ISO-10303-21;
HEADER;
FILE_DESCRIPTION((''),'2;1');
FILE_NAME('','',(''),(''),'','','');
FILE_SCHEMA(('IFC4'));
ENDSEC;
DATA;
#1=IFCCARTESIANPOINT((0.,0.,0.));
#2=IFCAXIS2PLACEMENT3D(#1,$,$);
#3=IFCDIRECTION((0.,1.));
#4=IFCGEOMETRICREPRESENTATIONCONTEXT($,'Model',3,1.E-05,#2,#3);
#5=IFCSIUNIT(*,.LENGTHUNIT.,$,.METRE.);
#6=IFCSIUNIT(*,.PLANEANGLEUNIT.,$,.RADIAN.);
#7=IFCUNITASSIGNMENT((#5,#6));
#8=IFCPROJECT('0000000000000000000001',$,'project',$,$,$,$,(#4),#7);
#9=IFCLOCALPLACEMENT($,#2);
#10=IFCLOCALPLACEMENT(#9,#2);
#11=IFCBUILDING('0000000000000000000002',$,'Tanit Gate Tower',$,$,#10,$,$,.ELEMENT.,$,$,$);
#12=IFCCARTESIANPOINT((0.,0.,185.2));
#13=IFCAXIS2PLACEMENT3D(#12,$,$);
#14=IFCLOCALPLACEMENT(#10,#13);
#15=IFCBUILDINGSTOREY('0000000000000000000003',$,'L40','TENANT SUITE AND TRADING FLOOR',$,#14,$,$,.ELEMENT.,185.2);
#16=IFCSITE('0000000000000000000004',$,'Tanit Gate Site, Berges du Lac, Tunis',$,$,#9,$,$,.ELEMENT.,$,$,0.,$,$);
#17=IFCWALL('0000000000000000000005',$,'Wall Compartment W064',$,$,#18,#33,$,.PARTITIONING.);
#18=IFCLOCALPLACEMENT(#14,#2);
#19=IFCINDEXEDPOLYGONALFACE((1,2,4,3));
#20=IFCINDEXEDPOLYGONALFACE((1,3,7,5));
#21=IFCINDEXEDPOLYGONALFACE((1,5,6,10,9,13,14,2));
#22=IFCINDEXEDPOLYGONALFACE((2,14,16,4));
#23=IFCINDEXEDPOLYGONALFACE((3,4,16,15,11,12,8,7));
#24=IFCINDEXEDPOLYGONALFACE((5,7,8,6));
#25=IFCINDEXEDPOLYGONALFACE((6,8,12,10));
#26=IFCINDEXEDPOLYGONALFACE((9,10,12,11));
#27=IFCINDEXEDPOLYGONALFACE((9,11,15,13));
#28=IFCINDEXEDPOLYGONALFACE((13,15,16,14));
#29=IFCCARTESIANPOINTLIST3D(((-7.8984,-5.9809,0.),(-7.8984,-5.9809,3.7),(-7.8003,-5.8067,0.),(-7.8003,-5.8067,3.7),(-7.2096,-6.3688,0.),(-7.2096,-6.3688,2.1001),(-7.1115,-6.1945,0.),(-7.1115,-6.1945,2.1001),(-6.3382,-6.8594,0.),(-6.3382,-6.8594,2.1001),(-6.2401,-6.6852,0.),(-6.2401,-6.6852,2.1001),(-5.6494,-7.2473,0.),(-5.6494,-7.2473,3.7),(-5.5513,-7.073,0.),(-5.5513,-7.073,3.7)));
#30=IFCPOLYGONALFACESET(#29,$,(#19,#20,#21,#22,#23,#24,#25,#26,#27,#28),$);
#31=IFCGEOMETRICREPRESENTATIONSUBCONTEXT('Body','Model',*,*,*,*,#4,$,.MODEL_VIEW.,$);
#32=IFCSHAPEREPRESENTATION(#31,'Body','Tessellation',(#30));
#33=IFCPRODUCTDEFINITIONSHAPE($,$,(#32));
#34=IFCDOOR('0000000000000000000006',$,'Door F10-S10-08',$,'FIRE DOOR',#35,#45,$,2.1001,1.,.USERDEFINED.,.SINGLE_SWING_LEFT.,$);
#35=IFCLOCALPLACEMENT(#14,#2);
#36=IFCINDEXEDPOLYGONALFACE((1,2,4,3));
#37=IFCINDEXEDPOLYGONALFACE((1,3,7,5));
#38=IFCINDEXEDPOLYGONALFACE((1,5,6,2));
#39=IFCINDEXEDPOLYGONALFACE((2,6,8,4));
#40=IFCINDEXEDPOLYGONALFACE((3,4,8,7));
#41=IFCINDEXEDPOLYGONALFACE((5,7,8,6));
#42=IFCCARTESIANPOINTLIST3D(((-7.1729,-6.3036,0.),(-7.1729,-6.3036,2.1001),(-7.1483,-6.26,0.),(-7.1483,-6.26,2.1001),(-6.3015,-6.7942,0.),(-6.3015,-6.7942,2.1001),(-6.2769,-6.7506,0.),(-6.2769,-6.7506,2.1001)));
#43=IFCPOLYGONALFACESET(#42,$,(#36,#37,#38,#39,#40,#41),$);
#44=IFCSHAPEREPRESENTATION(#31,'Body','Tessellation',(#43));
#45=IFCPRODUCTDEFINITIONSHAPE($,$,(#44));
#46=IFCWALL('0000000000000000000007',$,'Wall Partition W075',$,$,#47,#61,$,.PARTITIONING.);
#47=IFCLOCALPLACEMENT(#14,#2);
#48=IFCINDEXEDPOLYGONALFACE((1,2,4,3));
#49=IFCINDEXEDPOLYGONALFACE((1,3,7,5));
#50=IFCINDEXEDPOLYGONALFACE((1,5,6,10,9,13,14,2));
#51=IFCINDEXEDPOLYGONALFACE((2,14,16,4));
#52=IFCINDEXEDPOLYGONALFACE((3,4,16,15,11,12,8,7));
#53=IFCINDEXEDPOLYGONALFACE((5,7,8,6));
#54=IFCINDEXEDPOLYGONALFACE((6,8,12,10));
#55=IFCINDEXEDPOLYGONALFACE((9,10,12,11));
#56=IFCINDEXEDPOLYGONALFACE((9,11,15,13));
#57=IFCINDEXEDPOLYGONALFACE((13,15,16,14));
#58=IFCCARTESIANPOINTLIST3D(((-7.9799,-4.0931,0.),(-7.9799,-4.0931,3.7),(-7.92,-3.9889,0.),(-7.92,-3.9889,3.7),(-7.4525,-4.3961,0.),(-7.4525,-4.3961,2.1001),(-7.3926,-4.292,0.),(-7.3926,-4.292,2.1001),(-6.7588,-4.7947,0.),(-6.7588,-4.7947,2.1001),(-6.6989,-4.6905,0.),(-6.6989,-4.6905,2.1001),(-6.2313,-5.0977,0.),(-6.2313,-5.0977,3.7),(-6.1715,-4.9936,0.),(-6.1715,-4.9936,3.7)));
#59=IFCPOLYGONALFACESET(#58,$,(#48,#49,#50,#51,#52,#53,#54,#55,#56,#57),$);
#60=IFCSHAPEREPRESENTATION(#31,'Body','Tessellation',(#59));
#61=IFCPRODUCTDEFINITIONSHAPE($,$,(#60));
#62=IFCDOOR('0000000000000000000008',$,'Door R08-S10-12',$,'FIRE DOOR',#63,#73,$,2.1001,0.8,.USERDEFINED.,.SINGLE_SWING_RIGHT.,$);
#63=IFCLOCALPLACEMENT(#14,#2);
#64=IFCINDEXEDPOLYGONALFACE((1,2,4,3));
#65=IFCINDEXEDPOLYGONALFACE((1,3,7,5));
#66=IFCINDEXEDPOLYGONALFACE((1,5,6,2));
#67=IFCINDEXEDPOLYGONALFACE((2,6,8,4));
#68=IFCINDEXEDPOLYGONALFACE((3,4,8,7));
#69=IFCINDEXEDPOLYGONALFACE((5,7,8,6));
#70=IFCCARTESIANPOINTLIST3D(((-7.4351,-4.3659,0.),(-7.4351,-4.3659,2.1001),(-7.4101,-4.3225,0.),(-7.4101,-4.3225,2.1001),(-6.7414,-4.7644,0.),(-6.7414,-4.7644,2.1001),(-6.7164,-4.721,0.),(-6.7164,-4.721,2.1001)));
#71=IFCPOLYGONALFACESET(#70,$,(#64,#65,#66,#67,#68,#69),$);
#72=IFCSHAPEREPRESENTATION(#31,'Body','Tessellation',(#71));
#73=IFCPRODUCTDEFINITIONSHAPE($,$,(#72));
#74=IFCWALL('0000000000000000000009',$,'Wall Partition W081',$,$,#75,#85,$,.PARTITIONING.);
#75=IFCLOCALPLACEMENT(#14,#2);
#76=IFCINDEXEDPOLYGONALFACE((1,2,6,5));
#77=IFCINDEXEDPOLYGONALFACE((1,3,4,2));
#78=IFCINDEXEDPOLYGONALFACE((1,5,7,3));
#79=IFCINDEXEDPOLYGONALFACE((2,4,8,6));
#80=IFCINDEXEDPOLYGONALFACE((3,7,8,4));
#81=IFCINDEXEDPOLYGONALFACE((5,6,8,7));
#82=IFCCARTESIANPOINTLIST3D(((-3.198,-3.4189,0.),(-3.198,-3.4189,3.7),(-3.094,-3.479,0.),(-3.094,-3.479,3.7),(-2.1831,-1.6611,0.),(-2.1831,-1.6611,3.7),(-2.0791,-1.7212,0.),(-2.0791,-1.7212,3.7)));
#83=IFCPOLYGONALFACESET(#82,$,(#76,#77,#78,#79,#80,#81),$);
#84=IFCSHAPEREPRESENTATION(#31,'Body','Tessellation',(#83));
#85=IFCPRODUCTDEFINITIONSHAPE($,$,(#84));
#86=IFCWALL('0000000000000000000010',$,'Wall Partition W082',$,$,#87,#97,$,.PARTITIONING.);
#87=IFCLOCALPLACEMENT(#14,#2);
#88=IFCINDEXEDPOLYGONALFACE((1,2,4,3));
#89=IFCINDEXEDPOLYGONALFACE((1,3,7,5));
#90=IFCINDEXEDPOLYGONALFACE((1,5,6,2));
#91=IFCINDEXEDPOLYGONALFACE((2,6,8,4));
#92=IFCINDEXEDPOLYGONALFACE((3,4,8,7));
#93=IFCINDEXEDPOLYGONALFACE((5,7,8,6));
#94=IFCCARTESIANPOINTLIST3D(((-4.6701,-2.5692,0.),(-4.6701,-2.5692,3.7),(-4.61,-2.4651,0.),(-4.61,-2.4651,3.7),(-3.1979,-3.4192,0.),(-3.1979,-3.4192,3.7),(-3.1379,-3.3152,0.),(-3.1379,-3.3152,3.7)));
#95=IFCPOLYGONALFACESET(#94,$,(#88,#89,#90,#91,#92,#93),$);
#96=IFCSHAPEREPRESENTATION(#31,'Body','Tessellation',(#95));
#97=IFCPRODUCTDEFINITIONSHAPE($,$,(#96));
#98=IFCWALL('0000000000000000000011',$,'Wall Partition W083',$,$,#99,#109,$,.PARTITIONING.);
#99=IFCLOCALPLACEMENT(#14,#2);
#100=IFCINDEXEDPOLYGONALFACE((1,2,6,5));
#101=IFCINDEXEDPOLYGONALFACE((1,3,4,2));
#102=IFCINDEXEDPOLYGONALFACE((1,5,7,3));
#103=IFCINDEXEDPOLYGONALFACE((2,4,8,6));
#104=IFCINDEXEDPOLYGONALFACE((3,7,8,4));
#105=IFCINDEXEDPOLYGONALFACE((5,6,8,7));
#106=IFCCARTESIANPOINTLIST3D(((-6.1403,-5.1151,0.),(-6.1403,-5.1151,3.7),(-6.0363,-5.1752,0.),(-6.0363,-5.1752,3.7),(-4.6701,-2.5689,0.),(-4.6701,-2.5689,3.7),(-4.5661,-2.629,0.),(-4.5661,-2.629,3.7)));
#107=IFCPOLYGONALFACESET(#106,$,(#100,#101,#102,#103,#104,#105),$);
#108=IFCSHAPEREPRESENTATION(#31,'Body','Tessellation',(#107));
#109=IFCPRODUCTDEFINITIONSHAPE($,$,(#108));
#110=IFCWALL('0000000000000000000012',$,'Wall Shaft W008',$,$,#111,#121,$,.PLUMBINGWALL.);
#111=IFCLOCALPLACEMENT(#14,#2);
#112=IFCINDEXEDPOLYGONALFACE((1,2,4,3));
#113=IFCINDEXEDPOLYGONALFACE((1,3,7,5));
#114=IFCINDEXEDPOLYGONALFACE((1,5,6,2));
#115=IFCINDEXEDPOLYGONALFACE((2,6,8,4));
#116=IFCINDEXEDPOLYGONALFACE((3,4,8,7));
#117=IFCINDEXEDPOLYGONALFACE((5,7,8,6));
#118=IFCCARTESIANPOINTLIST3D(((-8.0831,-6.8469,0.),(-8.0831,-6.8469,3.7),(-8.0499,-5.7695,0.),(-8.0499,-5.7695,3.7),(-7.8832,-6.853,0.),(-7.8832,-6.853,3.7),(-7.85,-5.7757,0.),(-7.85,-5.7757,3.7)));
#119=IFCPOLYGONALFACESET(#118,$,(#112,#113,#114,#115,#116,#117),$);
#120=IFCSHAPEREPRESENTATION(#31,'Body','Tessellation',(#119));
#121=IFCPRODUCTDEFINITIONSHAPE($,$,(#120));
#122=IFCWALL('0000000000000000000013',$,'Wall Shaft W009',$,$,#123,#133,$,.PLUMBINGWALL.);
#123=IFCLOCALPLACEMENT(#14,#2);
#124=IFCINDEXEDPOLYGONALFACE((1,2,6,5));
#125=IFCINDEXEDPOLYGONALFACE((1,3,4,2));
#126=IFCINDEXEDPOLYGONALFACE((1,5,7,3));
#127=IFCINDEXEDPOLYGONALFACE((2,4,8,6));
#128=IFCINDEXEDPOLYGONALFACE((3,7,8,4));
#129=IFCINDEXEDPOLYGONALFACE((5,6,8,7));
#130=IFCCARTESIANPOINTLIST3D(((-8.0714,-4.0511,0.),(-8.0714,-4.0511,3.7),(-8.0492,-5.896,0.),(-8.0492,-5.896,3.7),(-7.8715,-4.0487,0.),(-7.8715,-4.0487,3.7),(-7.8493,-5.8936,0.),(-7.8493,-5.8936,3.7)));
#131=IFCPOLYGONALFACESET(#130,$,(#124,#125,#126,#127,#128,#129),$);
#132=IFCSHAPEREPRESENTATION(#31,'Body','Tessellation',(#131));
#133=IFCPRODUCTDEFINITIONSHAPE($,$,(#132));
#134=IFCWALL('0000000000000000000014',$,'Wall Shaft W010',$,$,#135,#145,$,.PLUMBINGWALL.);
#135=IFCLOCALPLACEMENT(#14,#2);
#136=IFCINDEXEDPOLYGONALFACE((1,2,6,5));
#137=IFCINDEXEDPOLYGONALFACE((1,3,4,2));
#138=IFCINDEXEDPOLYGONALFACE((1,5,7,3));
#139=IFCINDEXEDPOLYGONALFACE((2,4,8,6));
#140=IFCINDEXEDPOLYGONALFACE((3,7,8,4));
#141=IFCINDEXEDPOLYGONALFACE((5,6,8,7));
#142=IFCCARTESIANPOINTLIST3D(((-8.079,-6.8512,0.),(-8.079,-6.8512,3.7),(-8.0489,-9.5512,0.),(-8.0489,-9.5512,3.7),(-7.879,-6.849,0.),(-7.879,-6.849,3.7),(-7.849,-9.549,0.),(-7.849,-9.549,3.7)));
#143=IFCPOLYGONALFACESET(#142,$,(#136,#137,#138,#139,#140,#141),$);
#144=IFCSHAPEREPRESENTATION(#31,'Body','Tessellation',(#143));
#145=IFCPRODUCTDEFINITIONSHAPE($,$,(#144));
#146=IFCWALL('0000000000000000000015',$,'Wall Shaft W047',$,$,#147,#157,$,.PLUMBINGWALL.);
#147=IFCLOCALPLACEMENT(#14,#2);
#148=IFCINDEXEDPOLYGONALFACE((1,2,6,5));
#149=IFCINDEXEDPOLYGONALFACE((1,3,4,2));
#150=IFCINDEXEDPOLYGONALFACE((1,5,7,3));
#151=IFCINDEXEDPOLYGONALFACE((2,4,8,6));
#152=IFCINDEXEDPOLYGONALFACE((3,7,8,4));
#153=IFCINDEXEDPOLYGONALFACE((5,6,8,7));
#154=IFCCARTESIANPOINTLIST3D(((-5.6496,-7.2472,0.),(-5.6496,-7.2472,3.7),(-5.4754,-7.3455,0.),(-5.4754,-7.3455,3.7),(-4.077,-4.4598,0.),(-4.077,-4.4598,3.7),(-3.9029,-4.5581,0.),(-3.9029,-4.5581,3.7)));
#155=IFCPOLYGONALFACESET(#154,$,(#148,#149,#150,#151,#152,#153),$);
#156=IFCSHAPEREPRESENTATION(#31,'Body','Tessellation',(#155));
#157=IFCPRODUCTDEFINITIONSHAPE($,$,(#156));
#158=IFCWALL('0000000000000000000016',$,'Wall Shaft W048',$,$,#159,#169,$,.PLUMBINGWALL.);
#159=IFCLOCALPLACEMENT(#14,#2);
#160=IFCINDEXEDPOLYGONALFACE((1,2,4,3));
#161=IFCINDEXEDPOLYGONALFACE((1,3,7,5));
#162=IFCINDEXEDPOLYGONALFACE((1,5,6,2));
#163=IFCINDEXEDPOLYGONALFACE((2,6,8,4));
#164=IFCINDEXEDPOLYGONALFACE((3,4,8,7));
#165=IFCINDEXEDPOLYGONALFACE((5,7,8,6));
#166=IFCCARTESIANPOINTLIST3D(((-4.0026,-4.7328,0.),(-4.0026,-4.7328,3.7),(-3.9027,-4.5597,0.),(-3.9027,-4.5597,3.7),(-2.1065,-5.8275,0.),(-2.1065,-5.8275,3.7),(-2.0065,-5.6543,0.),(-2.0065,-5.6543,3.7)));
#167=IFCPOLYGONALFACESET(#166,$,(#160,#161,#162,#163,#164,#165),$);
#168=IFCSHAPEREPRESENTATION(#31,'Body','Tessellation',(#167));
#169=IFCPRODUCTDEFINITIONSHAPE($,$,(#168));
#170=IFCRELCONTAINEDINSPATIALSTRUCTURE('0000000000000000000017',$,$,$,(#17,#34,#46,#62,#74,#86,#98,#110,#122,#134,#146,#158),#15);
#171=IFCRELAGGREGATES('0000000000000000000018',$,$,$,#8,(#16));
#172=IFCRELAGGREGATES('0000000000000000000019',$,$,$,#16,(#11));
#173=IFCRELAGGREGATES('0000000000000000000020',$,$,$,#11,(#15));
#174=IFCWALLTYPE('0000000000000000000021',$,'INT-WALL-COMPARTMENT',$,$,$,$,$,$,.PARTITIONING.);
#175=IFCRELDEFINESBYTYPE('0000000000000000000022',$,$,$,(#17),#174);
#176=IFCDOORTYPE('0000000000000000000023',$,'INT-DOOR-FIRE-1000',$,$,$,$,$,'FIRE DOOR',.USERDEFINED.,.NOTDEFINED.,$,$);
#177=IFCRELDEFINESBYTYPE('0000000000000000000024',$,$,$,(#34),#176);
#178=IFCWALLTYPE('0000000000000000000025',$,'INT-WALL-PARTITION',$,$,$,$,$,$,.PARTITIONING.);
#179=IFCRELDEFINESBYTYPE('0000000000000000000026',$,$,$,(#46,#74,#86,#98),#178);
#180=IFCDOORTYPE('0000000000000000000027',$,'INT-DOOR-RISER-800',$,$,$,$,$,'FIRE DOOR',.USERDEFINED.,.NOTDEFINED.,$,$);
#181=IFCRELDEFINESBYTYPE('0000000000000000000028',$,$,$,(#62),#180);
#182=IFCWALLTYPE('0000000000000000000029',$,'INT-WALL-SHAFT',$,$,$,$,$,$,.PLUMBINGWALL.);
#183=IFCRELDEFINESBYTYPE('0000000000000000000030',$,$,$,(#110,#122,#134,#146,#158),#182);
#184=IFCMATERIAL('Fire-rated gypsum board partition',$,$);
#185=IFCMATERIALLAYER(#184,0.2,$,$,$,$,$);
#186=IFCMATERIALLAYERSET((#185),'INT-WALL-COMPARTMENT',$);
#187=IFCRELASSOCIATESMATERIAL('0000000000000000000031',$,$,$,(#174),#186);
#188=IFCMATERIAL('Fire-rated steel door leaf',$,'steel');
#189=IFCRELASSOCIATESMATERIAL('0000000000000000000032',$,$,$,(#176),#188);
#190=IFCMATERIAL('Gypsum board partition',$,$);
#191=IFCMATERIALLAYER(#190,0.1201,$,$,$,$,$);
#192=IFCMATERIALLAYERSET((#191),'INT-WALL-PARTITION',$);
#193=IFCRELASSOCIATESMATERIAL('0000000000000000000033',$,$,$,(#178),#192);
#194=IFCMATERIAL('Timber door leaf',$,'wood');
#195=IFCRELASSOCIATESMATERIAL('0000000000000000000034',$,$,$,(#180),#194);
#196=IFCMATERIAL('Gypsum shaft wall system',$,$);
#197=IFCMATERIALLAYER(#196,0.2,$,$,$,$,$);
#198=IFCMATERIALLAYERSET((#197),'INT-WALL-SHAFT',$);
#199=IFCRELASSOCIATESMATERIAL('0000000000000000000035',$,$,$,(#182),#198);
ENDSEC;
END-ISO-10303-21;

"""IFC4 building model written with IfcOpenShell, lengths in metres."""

from ifc_helpers import new_model, si_unit, direction, frame, frame_2d, origin, place, context, subcontext, project, spatial, rectangle, extrude, material, layer, layer_set, type_object, element, fill, save


model = new_model("IFC4")

# Units and contexts
model_context = context("Model", 3, precision=1e-05, world=origin(), true_north=direction((0.0, 1.0)))
body_context = subcontext(model_context, "Body", "Model", "MODEL_VIEW")
ifc_project = project(units=[si_unit("LENGTHUNIT", "METRE"), si_unit("PLANEANGLEUNIT", "RADIAN")], contexts=[model_context])

# Site, building, storey
site_placement = place(None, origin())
site = spatial("IfcSite", under=ifc_project, at=site_placement, Name="Tanit Gate Site, Berges du Lac, Tunis", CompositionType="ELEMENT", RefElevation=0.0)
building_placement = place(site_placement, origin())
building = spatial("IfcBuilding", under=site, at=building_placement, Name="Tanit Gate Tower", CompositionType="ELEMENT")
storey_placement = place(building_placement, frame((0.0, 0.0, 185.2)))
storey = spatial("IfcBuildingStorey", under=building, at=storey_placement, Name="L40", Description="TENANT SUITE AND TRADING FLOOR", CompositionType="ELEMENT", Elevation=185.2)

# Walls, openings, doors
ifc_material_1 = material(Name="Fire-rated gypsum board partition")
ifc_layer_1 = layer(ifc_material_1, 0.2)
ifc_layer_set_1 = layer_set([ifc_layer_1], Name="INT-WALL-COMPARTMENT")
wall_type_1 = type_object("IfcWallType", Name="INT-WALL-COMPARTMENT", PredefinedType="PARTITIONING", material=ifc_layer_set_1)
wall_1_placement = place(storey_placement, frame((-7.8494, -5.8938, 0.0), z_axis=(0.0, 0.0, 1.0), x_axis=(0.871363, -0.490638, 0.0)))
wall_1 = element("IfcWall", 1, at=wall_1_placement, inside=storey, type_object=wall_type_1, Name="Wall Compartment W064", PredefinedType="PARTITIONING", context=body_context, shape_type="SweptSolid", body=[
    extrude(rectangle(XDim=2.5811, YDim=0.2, at=frame_2d((1.2905, 0.0))), origin(), (0.0, 0.0, 1.0), 3.7),
])
opening_1_placement = place(wall_1_placement, frame((0.7905, 0.0, 0.0)))
opening_1 = element("IfcOpeningElement", 2, at=opening_1_placement, cuts=wall_1, PredefinedType="OPENING", context=body_context, shape_type="SweptSolid", body=[
    extrude(rectangle(XDim=1.0, YDim=2.1001, at=frame_2d((0.5, 1.05))), frame((0.0, 0.1099, 0.0), z_axis=(0.0, -1.0, 0.0), x_axis=(1.0, 0.0, 0.0)), (0.0, 0.0, 1.0), 0.22),
])
ifc_material_2 = material(Name="Fire-rated steel door leaf", Category="steel")
door_type_1 = type_object("IfcDoorType", Name="INT-DOOR-FIRE-1000", ElementType="FIRE DOOR", OperationType="NOTDEFINED", PredefinedType="USERDEFINED", material=ifc_material_2)
door_1_placement = place(opening_1_placement, origin())
door_1 = element("IfcDoor", 3, at=door_1_placement, inside=storey, type_object=door_type_1, Name="Door F10-S10-08", ObjectType="FIRE DOOR", OperationType="SINGLE_SWING_LEFT", OverallHeight=2.1001, OverallWidth=1.0, PredefinedType="USERDEFINED", context=body_context, shape_type="SweptSolid", body=[
    extrude(rectangle(XDim=1.0, YDim=2.1001, at=frame_2d((0.5, 1.05))), frame((0.0, 0.0249, 0.0), z_axis=(0.0, -1.0, 0.0), x_axis=(1.0, 0.0, 0.0)), (0.0, 0.0, 1.0), 0.05),
])
fill(opening_1, door_1)
ifc_material_3 = material(Name="Gypsum board partition")
ifc_layer_2 = layer(ifc_material_3, 0.1201)
ifc_layer_set_2 = layer_set([ifc_layer_2], Name="INT-WALL-PARTITION")
wall_type_2 = type_object("IfcWallType", Name="INT-WALL-PARTITION", PredefinedType="PARTITIONING", material=ifc_layer_set_2)
wall_2_placement = place(storey_placement, frame((-7.95, -4.041, 0.0), z_axis=(0.0, 0.0, 1.0), x_axis=(0.867071, -0.498184, 0.0)))
wall_2 = element("IfcWall", 4, at=wall_2_placement, inside=storey, type_object=wall_type_2, Name="Wall Partition W075", PredefinedType="PARTITIONING", context=body_context, shape_type="SweptSolid", body=[
    extrude(rectangle(XDim=2.0166, YDim=0.1201, at=frame_2d((1.0083, 0.0))), origin(), (0.0, 0.0, 1.0), 3.7),
])
opening_2_placement = place(wall_2_placement, frame((0.6084, 0.0, 0.0)))
opening_2 = element("IfcOpeningElement", 5, at=opening_2_placement, cuts=wall_2, PredefinedType="OPENING", context=body_context, shape_type="SweptSolid", body=[
    extrude(rectangle(XDim=0.8, YDim=2.1001, at=frame_2d((0.3999, 1.05))), frame((0.0, 0.0701, 0.0), z_axis=(0.0, -1.0, 0.0), x_axis=(1.0, 0.0, 0.0)), (0.0, 0.0, 1.0), 0.1401),
])
ifc_material_4 = material(Name="Timber door leaf", Category="wood")
door_type_2 = type_object("IfcDoorType", Name="INT-DOOR-RISER-800", ElementType="FIRE DOOR", OperationType="NOTDEFINED", PredefinedType="USERDEFINED", material=ifc_material_4)
door_2_placement = place(opening_2_placement, origin())
door_2 = element("IfcDoor", 6, at=door_2_placement, inside=storey, type_object=door_type_2, Name="Door R08-S10-12", ObjectType="FIRE DOOR", OperationType="SINGLE_SWING_RIGHT", OverallHeight=2.1001, OverallWidth=0.8, PredefinedType="USERDEFINED", context=body_context, shape_type="SweptSolid", body=[
    extrude(rectangle(XDim=0.8, YDim=2.1001, at=frame_2d((0.3999, 1.05))), frame((0.0, 0.0249, 0.0), z_axis=(0.0, -1.0, 0.0), x_axis=(1.0, 0.0, 0.0)), (0.0, 0.0, 1.0), 0.05),
])
fill(opening_2, door_2)

# Walls
wall_3_placement = place(storey_placement, frame((-3.146, -3.449, 0.0), z_axis=(0.0, 0.0, 1.0), x_axis=(0.500007, 0.866021, 0.0)))
element("IfcWall", 7, at=wall_3_placement, inside=storey, type_object=wall_type_2, Name="Wall Partition W081", PredefinedType="PARTITIONING", context=body_context, shape_type="SweptSolid", body=[
    extrude(rectangle(XDim=2.0298, YDim=0.1201, at=frame_2d((1.0149, 0.0))), origin(), (0.0, 0.0, 1.0), 3.7),
])
wall_4_placement = place(storey_placement, frame((-4.6401, -2.5171, 0.0), z_axis=(0.0, 0.0, 1.0), x_axis=(0.865989, -0.500062, 0.0)))
element("IfcWall", 8, at=wall_4_placement, inside=storey, type_object=wall_type_2, Name="Wall Partition W082", PredefinedType="PARTITIONING", context=body_context, shape_type="SweptSolid", body=[
    extrude(rectangle(XDim=1.7, YDim=0.1201, at=frame_2d((0.8501, 0.0))), origin(), (0.0, 0.0, 1.0), 3.7),
])
wall_5_placement = place(storey_placement, frame((-6.0884, -5.1453, 0.0), z_axis=(0.0, 0.0, 1.0), x_axis=(0.500051, 0.865996, 0.0)))
element("IfcWall", 9, at=wall_5_placement, inside=storey, type_object=wall_type_2, Name="Wall Partition W083", PredefinedType="PARTITIONING", context=body_context, shape_type="SweptSolid", body=[
    extrude(rectangle(XDim=2.9402, YDim=0.1201, at=frame_2d((1.4702, 0.0))), origin(), (0.0, 0.0, 1.0), 3.7),
])
ifc_material_5 = material(Name="Gypsum shaft wall system")
ifc_layer_3 = layer(ifc_material_5, 0.2)
ifc_layer_set_3 = layer_set([ifc_layer_3], Name="INT-WALL-SHAFT")
wall_type_3 = type_object("IfcWallType", Name="INT-WALL-SHAFT", PredefinedType="PLUMBINGWALL", material=ifc_layer_set_3)
wall_6_placement = place(storey_placement, frame((-7.95, -5.7725, 0.0), z_axis=(0.0, 0.0, 1.0), x_axis=(-0.030803, -0.999525, 0.0)))
element("IfcWall", 10, at=wall_6_placement, inside=storey, type_object=wall_type_3, Name="Wall Shaft W008", PredefinedType="PLUMBINGWALL", context=body_context, shape_type="SweptSolid", body=[
    extrude(rectangle(XDim=1.0779, YDim=0.2, at=frame_2d((0.5391, 0.0))), origin(), (0.0, 0.0, 1.0), 3.7),
])
wall_7_placement = place(storey_placement, frame((-7.9714, -4.05, 0.0), z_axis=(0.0, 0.0, 1.0), x_axis=(0.012043, -0.999927, 0.0)))
element("IfcWall", 11, at=wall_7_placement, inside=storey, type_object=wall_type_3, Name="Wall Shaft W009", PredefinedType="PLUMBINGWALL", context=body_context, shape_type="SweptSolid", body=[
    extrude(rectangle(XDim=1.845, YDim=0.2, at=frame_2d((0.9224, 0.0))), origin(), (0.0, 0.0, 1.0), 3.7),
])
wall_8_placement = place(storey_placement, frame((-7.979, -6.8501, 0.0), z_axis=(0.0, 0.0, 1.0), x_axis=(0.011121, -0.999938, 0.0)))
element("IfcWall", 12, at=wall_8_placement, inside=storey, type_object=wall_type_3, Name="Wall Shaft W010", PredefinedType="PLUMBINGWALL", context=body_context, shape_type="SweptSolid", body=[
    extrude(rectangle(XDim=2.7002, YDim=0.2, at=frame_2d((1.3501, 0.0))), origin(), (0.0, 0.0, 1.0), 3.7),
])
wall_9_placement = place(storey_placement, frame((-3.99, -4.509, 0.0), z_axis=(0.0, 0.0, 1.0), x_axis=(-0.491358, -0.870958, 0.0)))
element("IfcWall", 13, at=wall_9_placement, inside=storey, type_object=wall_type_3, Name="Wall Shaft W047", PredefinedType="PLUMBINGWALL", context=body_context, shape_type="SweptSolid", body=[
    extrude(rectangle(XDim=3.2004, YDim=0.2, at=frame_2d((1.6001, 0.0))), origin(), (0.0, 0.0, 1.0), 3.7),
])
wall_10_placement = place(storey_placement, frame((-3.9526, -4.6462, 0.0), z_axis=(0.0, 0.0, 1.0), x_axis=(0.866039, -0.499977, 0.0)))
element("IfcWall", 14, at=wall_10_placement, inside=storey, type_object=wall_type_3, Name="Wall Shaft W048", PredefinedType="PLUMBINGWALL", context=body_context, shape_type="SweptSolid", body=[
    extrude(rectangle(XDim=2.1895, YDim=0.2, at=frame_2d((1.0947, 0.0))), origin(), (0.0, 0.0, 1.0), 3.7),
])

save(model, "model.ifc")
